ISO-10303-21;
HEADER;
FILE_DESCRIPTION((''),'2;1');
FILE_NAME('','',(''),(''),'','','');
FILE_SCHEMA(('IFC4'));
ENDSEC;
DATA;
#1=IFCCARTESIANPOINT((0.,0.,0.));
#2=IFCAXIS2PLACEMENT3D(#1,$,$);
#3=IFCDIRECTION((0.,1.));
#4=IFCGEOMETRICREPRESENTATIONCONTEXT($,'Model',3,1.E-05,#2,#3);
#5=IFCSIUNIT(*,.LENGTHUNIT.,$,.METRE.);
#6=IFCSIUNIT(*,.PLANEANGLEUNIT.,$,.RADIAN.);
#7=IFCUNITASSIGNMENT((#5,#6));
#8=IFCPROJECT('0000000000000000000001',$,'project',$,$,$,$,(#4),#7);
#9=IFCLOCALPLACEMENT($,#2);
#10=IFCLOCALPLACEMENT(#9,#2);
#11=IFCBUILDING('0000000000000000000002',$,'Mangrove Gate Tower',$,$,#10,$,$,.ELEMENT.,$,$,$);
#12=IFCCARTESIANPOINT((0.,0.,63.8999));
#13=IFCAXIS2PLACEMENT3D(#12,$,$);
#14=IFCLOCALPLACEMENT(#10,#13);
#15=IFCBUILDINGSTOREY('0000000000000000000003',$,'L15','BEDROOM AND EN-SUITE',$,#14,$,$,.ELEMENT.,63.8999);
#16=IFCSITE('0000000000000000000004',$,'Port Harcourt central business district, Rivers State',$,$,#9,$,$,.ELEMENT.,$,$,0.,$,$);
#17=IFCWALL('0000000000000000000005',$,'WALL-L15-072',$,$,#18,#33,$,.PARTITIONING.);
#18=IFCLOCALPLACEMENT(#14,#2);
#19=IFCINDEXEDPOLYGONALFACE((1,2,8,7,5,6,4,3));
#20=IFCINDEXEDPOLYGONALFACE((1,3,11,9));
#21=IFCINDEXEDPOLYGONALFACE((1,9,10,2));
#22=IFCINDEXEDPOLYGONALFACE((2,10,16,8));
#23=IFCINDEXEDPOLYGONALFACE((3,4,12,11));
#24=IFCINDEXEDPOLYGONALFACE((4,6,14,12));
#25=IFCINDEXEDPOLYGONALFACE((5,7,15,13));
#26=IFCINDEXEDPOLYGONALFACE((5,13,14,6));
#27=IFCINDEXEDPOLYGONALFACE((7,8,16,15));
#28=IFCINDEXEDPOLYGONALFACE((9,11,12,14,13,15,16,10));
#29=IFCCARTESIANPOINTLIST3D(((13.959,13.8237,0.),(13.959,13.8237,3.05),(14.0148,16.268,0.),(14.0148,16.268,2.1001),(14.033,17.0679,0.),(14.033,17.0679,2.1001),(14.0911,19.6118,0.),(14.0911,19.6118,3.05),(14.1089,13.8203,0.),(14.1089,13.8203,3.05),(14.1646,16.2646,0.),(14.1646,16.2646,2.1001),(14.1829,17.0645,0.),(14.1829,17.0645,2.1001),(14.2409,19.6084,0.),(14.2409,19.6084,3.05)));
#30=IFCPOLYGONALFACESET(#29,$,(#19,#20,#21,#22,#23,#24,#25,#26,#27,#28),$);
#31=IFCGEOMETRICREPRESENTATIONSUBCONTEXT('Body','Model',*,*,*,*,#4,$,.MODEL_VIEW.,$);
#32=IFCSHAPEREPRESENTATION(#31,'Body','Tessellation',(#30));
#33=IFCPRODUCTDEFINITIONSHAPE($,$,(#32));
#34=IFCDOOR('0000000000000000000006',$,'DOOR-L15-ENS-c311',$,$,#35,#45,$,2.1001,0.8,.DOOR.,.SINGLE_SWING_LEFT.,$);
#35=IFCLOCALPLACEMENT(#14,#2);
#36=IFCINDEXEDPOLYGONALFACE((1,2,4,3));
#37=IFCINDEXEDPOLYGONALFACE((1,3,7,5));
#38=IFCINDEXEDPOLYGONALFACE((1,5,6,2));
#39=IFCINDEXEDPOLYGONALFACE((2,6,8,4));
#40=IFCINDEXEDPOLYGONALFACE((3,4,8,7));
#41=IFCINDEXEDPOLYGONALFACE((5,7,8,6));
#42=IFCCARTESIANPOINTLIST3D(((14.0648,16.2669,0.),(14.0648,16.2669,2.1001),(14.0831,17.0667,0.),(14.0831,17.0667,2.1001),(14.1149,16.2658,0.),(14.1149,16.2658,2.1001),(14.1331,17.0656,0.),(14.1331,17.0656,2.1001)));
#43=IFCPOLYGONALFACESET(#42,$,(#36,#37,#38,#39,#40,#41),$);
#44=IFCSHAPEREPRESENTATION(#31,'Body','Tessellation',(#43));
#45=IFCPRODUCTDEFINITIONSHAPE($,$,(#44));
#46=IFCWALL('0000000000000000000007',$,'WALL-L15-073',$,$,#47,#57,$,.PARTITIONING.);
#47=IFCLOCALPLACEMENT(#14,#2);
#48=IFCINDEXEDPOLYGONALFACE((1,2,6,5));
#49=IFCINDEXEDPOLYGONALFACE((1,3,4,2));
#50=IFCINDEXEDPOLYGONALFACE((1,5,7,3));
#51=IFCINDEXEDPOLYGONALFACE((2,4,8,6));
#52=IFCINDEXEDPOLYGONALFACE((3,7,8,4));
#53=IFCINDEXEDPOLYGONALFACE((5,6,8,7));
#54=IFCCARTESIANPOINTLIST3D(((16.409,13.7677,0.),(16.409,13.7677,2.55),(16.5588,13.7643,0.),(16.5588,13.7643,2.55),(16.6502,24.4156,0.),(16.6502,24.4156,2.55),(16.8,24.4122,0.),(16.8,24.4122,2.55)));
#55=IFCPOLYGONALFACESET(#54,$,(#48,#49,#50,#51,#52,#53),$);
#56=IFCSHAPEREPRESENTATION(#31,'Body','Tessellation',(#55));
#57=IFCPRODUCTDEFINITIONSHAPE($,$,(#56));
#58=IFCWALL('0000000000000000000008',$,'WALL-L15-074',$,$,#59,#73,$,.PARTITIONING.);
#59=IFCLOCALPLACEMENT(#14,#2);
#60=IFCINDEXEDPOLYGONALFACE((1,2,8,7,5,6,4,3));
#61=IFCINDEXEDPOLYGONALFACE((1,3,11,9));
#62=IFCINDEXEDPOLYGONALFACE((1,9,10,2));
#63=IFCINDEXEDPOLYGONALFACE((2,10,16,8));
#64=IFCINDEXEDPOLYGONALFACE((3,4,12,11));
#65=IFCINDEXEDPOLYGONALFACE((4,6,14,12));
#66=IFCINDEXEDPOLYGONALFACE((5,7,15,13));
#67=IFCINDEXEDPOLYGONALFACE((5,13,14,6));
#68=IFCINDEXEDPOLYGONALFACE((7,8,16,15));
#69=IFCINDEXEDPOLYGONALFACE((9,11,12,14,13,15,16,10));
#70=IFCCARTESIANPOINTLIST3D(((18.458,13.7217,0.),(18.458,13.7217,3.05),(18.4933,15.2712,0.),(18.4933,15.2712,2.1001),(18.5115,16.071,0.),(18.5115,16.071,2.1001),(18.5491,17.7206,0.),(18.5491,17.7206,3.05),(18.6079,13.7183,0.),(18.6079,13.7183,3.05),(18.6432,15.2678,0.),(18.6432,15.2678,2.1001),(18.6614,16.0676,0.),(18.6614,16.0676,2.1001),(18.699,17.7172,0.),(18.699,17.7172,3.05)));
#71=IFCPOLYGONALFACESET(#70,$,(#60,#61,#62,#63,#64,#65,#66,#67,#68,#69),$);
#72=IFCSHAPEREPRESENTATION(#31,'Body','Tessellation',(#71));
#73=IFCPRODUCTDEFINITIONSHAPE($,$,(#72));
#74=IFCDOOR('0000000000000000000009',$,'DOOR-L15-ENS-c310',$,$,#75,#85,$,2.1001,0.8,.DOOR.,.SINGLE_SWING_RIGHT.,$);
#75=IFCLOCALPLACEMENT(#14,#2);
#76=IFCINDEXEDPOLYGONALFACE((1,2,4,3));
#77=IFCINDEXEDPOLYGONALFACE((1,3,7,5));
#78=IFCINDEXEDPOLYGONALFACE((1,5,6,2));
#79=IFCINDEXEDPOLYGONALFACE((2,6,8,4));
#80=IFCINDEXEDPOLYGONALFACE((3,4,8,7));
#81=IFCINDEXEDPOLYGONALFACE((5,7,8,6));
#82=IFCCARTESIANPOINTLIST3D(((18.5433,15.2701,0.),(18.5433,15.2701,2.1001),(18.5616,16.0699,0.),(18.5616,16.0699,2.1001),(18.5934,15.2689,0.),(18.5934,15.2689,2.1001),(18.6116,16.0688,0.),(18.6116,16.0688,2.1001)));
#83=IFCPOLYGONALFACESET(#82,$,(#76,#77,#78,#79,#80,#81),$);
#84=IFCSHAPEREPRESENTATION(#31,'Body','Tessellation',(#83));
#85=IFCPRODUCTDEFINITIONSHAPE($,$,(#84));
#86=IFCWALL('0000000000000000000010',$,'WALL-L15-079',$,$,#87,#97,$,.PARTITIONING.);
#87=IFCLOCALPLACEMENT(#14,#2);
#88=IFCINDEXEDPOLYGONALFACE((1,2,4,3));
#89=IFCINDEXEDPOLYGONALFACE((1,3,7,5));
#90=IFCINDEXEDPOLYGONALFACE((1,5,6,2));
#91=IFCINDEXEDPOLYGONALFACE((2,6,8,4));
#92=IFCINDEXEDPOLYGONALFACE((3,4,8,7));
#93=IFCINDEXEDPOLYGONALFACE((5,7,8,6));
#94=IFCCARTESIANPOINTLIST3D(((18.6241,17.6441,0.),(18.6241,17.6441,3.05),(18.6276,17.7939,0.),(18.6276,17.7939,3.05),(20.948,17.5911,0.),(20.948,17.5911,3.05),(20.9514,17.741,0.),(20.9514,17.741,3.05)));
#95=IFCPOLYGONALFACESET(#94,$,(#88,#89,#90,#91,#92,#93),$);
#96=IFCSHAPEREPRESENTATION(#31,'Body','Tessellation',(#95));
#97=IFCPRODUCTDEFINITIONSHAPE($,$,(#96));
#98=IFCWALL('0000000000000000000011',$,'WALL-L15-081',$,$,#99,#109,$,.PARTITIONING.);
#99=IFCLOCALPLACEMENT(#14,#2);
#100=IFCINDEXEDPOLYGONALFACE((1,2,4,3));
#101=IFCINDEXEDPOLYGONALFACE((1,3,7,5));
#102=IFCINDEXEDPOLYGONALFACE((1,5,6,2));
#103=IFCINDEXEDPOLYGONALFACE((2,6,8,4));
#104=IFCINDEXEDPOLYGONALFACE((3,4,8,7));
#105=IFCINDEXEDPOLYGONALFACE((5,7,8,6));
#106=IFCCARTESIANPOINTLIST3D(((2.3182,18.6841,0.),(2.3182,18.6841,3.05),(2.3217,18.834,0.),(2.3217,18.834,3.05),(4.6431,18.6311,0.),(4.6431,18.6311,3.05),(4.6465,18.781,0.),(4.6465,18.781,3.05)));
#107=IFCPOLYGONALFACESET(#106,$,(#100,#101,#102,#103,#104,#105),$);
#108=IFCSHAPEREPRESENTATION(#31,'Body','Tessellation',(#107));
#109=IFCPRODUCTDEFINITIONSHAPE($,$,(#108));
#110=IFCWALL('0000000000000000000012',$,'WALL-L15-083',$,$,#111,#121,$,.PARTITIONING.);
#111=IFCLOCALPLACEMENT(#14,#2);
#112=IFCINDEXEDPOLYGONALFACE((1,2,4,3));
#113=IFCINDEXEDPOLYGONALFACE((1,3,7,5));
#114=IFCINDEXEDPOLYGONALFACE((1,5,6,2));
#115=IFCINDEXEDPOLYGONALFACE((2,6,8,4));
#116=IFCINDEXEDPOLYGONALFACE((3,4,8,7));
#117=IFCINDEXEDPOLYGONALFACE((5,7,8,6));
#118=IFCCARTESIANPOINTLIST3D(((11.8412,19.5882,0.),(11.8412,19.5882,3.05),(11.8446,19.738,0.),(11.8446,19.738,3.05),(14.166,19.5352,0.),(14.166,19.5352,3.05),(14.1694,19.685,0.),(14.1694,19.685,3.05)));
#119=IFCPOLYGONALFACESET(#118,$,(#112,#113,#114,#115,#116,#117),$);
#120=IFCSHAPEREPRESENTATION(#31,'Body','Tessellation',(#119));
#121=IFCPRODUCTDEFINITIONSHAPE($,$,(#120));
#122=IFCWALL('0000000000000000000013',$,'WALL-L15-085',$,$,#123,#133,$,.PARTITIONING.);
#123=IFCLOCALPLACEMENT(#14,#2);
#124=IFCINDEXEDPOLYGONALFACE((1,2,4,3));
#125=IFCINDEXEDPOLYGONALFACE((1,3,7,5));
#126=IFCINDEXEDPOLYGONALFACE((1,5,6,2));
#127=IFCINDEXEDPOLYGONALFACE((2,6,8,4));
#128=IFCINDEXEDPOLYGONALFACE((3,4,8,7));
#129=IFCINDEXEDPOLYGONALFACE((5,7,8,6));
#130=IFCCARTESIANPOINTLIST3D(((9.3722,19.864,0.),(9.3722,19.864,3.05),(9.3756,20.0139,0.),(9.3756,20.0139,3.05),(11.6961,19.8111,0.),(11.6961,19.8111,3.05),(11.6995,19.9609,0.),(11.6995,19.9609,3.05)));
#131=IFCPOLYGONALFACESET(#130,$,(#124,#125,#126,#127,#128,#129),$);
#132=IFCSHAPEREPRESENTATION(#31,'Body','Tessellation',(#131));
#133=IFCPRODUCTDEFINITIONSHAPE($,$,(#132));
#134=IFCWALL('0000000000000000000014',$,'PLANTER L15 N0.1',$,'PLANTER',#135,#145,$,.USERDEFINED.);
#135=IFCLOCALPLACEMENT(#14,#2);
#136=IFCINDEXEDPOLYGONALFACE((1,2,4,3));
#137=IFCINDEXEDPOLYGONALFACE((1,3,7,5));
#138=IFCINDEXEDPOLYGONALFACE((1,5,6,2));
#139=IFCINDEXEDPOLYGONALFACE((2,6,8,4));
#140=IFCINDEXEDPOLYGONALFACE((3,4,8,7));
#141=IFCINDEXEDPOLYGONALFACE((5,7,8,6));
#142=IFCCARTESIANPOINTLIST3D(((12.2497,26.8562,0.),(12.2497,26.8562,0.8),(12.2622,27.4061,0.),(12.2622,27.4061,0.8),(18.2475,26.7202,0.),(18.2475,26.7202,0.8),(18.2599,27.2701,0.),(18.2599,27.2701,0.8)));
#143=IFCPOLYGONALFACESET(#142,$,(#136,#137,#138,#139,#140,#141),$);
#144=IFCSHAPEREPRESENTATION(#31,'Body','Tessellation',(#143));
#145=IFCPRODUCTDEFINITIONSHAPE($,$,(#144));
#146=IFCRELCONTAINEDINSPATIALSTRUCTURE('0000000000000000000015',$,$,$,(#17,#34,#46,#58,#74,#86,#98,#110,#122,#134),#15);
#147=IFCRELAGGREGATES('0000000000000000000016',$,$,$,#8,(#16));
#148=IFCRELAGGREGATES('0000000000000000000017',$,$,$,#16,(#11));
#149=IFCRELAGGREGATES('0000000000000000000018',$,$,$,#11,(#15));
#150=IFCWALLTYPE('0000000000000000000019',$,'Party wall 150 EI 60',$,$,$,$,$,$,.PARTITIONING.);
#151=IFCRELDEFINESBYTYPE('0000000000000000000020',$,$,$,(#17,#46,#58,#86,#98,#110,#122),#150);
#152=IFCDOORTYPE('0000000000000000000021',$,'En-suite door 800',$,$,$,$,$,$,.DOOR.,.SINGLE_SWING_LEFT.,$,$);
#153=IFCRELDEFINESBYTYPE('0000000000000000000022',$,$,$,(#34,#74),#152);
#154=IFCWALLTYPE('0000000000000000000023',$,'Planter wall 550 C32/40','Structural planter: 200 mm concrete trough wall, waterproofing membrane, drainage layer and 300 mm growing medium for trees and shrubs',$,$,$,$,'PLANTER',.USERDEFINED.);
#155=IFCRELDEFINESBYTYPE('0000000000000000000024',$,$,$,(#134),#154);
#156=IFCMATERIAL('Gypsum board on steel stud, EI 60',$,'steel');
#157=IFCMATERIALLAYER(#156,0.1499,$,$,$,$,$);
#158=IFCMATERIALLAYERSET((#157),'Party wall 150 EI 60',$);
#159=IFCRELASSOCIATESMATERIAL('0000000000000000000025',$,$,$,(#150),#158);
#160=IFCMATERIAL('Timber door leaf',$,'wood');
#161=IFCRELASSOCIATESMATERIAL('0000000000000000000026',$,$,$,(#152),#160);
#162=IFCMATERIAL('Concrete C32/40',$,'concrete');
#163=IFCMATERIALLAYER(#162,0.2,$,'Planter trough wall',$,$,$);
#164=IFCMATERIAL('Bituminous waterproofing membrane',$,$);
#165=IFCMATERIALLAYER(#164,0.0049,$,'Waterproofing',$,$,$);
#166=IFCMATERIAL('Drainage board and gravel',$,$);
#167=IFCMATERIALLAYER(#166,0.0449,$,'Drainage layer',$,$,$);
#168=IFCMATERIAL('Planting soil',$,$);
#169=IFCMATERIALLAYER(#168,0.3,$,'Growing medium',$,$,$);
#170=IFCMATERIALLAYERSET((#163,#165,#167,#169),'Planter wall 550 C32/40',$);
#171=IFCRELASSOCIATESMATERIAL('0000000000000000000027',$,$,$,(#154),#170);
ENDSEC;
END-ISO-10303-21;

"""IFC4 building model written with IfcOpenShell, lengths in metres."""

from ifc_helpers import new_model, si_unit, direction, frame, frame_2d, origin, place, context, subcontext, project, spatial, rectangle, extrude, material, layer, layer_set, type_object, element, fill, save


model = new_model("IFC4")

# Units and contexts
model_context = context("Model", 3, precision=1e-05, world=origin(), true_north=direction((0.0, 1.0)))
body_context = subcontext(model_context, "Body", "Model", "MODEL_VIEW")
ifc_project = project(units=[si_unit("LENGTHUNIT", "METRE"), si_unit("PLANEANGLEUNIT", "RADIAN")], contexts=[model_context])

# Site, building, storey
site_placement = place(None, origin())
site = spatial("IfcSite", under=ifc_project, at=site_placement, Name="Port Harcourt central business district, Rivers State", CompositionType="ELEMENT", RefElevation=0.0)
building_placement = place(site_placement, origin())
building = spatial("IfcBuilding", under=site, at=building_placement, Name="Mangrove Gate Tower", CompositionType="ELEMENT")
storey_placement = place(building_placement, frame((0.0, 0.0, 63.8999)))
storey = spatial("IfcBuildingStorey", under=building, at=storey_placement, Name="L15", Description="BEDROOM AND EN-SUITE", CompositionType="ELEMENT", Elevation=63.8999)

# Shared definitions
ifc_material_1 = material(Name="Gypsum board on steel stud, EI 60", Category="steel")
ifc_layer_1 = layer(ifc_material_1, 0.1499)
ifc_layer_set_1 = layer_set([ifc_layer_1], Name="Party wall 150 EI 60")
wall_type_1 = type_object("IfcWallType", Name="Party wall 150 EI 60", PredefinedType="PARTITIONING", material=ifc_layer_set_1)

# Shared definitions
ifc_material_2 = material(Name="Timber door leaf", Category="wood")
door_type = type_object("IfcDoorType", Name="En-suite door 800", OperationType="SINGLE_SWING_LEFT", PredefinedType="DOOR", material=ifc_material_2)

# Wall, opening, door
wall_1_placement = place(storey_placement, frame((14.0339, 13.822, 0.0), z_axis=(0.0, 0.0, 1.0), x_axis=(0.022813, 0.99974, 0.0)))
wall_1 = element("IfcWall", 1, at=wall_1_placement, inside=storey, type_object=wall_type_1, Name="WALL-L15-072", PredefinedType="PARTITIONING", context=body_context, shape_type="SweptSolid", body=[
    extrude(rectangle(XDim=5.7896, YDim=0.1499, at=frame_2d((2.8948, 0.0))), origin(), (0.0, 0.0, 1.0), 3.05),
])
opening_1_placement = place(wall_1_placement, frame((2.4451, 0.0, 0.0)))
opening_1 = element("IfcOpeningElement", 2, at=opening_1_placement, cuts=wall_1, PredefinedType="OPENING", context=body_context, shape_type="SweptSolid", body=[
    extrude(rectangle(XDim=0.8, YDim=2.1001, at=frame_2d((0.3999, 1.05))), frame((0.0, 0.085, 0.0), z_axis=(0.0, -1.0, 0.0), x_axis=(1.0, 0.0, 0.0)), (0.0, 0.0, 1.0), 0.1699),
])
door_1_placement = place(opening_1_placement, origin())
door_1 = element("IfcDoor", 3, at=door_1_placement, inside=storey, type_object=door_type, Name="DOOR-L15-ENS-c311", OperationType="SINGLE_SWING_LEFT", OverallHeight=2.1001, OverallWidth=0.8, PredefinedType="DOOR", context=body_context, shape_type="SweptSolid", body=[
    extrude(rectangle(XDim=0.8, YDim=2.1001, at=frame_2d((0.3999, 1.05))), frame((0.0, 0.0249, 0.0), z_axis=(0.0, -1.0, 0.0), x_axis=(1.0, 0.0, 0.0)), (0.0, 0.0, 1.0), 0.05),
])
fill(opening_1, door_1)

# Wall
wall_2_placement = place(storey_placement, frame((16.4839, 13.7661, 0.0), z_axis=(0.0, 0.0, 1.0), x_axis=(0.022647, 0.999744, 0.0)))
element("IfcWall", 4, at=wall_2_placement, inside=storey, type_object=wall_type_1, Name="WALL-L15-073", PredefinedType="PARTITIONING", context=body_context, shape_type="SweptSolid", body=[
    extrude(rectangle(XDim=10.6506, YDim=0.1499, at=frame_2d((5.3252, 0.0))), origin(), (0.0, 0.0, 1.0), 2.55),
])

# Wall, opening, door
wall_3_placement = place(storey_placement, frame((18.533, 13.72, 0.0), z_axis=(0.0, 0.0, 1.0), x_axis=(0.022766, 0.999741, 0.0)))
wall_3 = element("IfcWall", 5, at=wall_3_placement, inside=storey, type_object=wall_type_1, Name="WALL-L15-074", PredefinedType="PARTITIONING", context=body_context, shape_type="SweptSolid", body=[
    extrude(rectangle(XDim=4.0, YDim=0.1499, at=frame_2d((2.0, 0.0))), origin(), (0.0, 0.0, 1.0), 3.05),
])
opening_2_placement = place(wall_3_placement, frame((1.55, 0.0, 0.0)))
opening_2 = element("IfcOpeningElement", 6, at=opening_2_placement, cuts=wall_3, PredefinedType="OPENING", context=body_context, shape_type="SweptSolid", body=[
    extrude(rectangle(XDim=0.8, YDim=2.1001, at=frame_2d((0.3999, 1.05))), frame((0.0, 0.085, 0.0), z_axis=(0.0, -1.0, 0.0), x_axis=(1.0, 0.0, 0.0)), (0.0, 0.0, 1.0), 0.1699),
])
door_2_placement = place(opening_2_placement, origin())
door_2 = element("IfcDoor", 7, at=door_2_placement, inside=storey, type_object=door_type, Name="DOOR-L15-ENS-c310", OperationType="SINGLE_SWING_RIGHT", OverallHeight=2.1001, OverallWidth=0.8, PredefinedType="DOOR", context=body_context, shape_type="SweptSolid", body=[
    extrude(rectangle(XDim=0.8, YDim=2.1001, at=frame_2d((0.3999, 1.05))), frame((0.0, 0.0249, 0.0), z_axis=(0.0, -1.0, 0.0), x_axis=(1.0, 0.0, 0.0)), (0.0, 0.0, 1.0), 0.05),
])
fill(opening_2, door_2)

# Walls
wall_4_placement = place(storey_placement, frame((18.626, 17.719, 0.0), z_axis=(0.0, 0.0, 1.0), x_axis=(0.99974, -0.022791, 0.0)))
element("IfcWall", 8, at=wall_4_placement, inside=storey, type_object=wall_type_1, Name="WALL-L15-079", PredefinedType="PARTITIONING", context=body_context, shape_type="SweptSolid", body=[
    extrude(rectangle(XDim=2.3245, YDim=0.1499, at=frame_2d((1.1621, 0.0))), origin(), (0.0, 0.0, 1.0), 3.05),
])
for number, where, z_axis, x_axis, name in (
    (9, (2.3201, 18.759, 0.0), (0.0, 0.0, 1.0), (0.99974, -0.022781, 0.0), "WALL-L15-081"),
    (10, (11.843, 19.6631, 0.0), (0.0, 0.0, 1.0), (0.99974, -0.022781, 0.0), "WALL-L15-083"),
):
    element("IfcWall", number, at=place(storey_placement, frame(where, z_axis=z_axis, x_axis=x_axis)), inside=storey, type_object=wall_type_1, Name=name, PredefinedType="PARTITIONING", context=body_context, shape_type="SweptSolid", body=[
        extrude(rectangle(XDim=2.3254, YDim=0.1499, at=frame_2d((1.1626, 0.0))), origin(), (0.0, 0.0, 1.0), 3.05),
    ])
wall_5_placement = place(storey_placement, frame((9.374, 19.939, 0.0), z_axis=(0.0, 0.0, 1.0), x_axis=(0.99974, -0.022791, 0.0)))
element("IfcWall", 11, at=wall_5_placement, inside=storey, type_object=wall_type_1, Name="WALL-L15-085", PredefinedType="PARTITIONING", context=body_context, shape_type="SweptSolid", body=[
    extrude(rectangle(XDim=2.3245, YDim=0.1499, at=frame_2d((1.1621, 0.0))), origin(), (0.0, 0.0, 1.0), 3.05),
])
ifc_material_3 = material(Name="Concrete C32/40", Category="concrete")
ifc_layer_2 = layer(ifc_material_3, 0.2, Name="Planter trough wall")
ifc_material_4 = material(Name="Bituminous waterproofing membrane")
ifc_layer_3 = layer(ifc_material_4, 0.0049, Name="Waterproofing")
ifc_material_5 = material(Name="Drainage board and gravel")
ifc_layer_4 = layer(ifc_material_5, 0.0449, Name="Drainage layer")
ifc_material_6 = material(Name="Planting soil")
ifc_layer_5 = layer(ifc_material_6, 0.3, Name="Growing medium")
ifc_layer_set_2 = layer_set([ifc_layer_2, ifc_layer_3, ifc_layer_4, ifc_layer_5], Name="Planter wall 550 C32/40")
wall_type_2 = type_object("IfcWallType", Name="Planter wall 550 C32/40", Description="Structural planter: 200 mm concrete trough wall, waterproofing membrane, drainage layer and 300 mm growing medium for trees and shrubs", ElementType="PLANTER", PredefinedType="USERDEFINED", material=ifc_layer_set_2)
wall_6_placement = place(storey_placement, frame((12.2561, 27.1311, 0.0), z_axis=(0.0, 0.0, 1.0), x_axis=(0.999743, -0.022667, 0.0)))
element("IfcWall", 12, at=wall_6_placement, inside=storey, type_object=wall_type_2, Name="PLANTER L15 N0.1", ObjectType="PLANTER", PredefinedType="USERDEFINED", context=body_context, shape_type="SweptSolid", body=[
    extrude(rectangle(XDim=5.9993, YDim=0.55, at=frame_2d((2.9995, 0.0))), origin(), (0.0, 0.0, 1.0), 0.8),
])

save(model, "model.ifc")
